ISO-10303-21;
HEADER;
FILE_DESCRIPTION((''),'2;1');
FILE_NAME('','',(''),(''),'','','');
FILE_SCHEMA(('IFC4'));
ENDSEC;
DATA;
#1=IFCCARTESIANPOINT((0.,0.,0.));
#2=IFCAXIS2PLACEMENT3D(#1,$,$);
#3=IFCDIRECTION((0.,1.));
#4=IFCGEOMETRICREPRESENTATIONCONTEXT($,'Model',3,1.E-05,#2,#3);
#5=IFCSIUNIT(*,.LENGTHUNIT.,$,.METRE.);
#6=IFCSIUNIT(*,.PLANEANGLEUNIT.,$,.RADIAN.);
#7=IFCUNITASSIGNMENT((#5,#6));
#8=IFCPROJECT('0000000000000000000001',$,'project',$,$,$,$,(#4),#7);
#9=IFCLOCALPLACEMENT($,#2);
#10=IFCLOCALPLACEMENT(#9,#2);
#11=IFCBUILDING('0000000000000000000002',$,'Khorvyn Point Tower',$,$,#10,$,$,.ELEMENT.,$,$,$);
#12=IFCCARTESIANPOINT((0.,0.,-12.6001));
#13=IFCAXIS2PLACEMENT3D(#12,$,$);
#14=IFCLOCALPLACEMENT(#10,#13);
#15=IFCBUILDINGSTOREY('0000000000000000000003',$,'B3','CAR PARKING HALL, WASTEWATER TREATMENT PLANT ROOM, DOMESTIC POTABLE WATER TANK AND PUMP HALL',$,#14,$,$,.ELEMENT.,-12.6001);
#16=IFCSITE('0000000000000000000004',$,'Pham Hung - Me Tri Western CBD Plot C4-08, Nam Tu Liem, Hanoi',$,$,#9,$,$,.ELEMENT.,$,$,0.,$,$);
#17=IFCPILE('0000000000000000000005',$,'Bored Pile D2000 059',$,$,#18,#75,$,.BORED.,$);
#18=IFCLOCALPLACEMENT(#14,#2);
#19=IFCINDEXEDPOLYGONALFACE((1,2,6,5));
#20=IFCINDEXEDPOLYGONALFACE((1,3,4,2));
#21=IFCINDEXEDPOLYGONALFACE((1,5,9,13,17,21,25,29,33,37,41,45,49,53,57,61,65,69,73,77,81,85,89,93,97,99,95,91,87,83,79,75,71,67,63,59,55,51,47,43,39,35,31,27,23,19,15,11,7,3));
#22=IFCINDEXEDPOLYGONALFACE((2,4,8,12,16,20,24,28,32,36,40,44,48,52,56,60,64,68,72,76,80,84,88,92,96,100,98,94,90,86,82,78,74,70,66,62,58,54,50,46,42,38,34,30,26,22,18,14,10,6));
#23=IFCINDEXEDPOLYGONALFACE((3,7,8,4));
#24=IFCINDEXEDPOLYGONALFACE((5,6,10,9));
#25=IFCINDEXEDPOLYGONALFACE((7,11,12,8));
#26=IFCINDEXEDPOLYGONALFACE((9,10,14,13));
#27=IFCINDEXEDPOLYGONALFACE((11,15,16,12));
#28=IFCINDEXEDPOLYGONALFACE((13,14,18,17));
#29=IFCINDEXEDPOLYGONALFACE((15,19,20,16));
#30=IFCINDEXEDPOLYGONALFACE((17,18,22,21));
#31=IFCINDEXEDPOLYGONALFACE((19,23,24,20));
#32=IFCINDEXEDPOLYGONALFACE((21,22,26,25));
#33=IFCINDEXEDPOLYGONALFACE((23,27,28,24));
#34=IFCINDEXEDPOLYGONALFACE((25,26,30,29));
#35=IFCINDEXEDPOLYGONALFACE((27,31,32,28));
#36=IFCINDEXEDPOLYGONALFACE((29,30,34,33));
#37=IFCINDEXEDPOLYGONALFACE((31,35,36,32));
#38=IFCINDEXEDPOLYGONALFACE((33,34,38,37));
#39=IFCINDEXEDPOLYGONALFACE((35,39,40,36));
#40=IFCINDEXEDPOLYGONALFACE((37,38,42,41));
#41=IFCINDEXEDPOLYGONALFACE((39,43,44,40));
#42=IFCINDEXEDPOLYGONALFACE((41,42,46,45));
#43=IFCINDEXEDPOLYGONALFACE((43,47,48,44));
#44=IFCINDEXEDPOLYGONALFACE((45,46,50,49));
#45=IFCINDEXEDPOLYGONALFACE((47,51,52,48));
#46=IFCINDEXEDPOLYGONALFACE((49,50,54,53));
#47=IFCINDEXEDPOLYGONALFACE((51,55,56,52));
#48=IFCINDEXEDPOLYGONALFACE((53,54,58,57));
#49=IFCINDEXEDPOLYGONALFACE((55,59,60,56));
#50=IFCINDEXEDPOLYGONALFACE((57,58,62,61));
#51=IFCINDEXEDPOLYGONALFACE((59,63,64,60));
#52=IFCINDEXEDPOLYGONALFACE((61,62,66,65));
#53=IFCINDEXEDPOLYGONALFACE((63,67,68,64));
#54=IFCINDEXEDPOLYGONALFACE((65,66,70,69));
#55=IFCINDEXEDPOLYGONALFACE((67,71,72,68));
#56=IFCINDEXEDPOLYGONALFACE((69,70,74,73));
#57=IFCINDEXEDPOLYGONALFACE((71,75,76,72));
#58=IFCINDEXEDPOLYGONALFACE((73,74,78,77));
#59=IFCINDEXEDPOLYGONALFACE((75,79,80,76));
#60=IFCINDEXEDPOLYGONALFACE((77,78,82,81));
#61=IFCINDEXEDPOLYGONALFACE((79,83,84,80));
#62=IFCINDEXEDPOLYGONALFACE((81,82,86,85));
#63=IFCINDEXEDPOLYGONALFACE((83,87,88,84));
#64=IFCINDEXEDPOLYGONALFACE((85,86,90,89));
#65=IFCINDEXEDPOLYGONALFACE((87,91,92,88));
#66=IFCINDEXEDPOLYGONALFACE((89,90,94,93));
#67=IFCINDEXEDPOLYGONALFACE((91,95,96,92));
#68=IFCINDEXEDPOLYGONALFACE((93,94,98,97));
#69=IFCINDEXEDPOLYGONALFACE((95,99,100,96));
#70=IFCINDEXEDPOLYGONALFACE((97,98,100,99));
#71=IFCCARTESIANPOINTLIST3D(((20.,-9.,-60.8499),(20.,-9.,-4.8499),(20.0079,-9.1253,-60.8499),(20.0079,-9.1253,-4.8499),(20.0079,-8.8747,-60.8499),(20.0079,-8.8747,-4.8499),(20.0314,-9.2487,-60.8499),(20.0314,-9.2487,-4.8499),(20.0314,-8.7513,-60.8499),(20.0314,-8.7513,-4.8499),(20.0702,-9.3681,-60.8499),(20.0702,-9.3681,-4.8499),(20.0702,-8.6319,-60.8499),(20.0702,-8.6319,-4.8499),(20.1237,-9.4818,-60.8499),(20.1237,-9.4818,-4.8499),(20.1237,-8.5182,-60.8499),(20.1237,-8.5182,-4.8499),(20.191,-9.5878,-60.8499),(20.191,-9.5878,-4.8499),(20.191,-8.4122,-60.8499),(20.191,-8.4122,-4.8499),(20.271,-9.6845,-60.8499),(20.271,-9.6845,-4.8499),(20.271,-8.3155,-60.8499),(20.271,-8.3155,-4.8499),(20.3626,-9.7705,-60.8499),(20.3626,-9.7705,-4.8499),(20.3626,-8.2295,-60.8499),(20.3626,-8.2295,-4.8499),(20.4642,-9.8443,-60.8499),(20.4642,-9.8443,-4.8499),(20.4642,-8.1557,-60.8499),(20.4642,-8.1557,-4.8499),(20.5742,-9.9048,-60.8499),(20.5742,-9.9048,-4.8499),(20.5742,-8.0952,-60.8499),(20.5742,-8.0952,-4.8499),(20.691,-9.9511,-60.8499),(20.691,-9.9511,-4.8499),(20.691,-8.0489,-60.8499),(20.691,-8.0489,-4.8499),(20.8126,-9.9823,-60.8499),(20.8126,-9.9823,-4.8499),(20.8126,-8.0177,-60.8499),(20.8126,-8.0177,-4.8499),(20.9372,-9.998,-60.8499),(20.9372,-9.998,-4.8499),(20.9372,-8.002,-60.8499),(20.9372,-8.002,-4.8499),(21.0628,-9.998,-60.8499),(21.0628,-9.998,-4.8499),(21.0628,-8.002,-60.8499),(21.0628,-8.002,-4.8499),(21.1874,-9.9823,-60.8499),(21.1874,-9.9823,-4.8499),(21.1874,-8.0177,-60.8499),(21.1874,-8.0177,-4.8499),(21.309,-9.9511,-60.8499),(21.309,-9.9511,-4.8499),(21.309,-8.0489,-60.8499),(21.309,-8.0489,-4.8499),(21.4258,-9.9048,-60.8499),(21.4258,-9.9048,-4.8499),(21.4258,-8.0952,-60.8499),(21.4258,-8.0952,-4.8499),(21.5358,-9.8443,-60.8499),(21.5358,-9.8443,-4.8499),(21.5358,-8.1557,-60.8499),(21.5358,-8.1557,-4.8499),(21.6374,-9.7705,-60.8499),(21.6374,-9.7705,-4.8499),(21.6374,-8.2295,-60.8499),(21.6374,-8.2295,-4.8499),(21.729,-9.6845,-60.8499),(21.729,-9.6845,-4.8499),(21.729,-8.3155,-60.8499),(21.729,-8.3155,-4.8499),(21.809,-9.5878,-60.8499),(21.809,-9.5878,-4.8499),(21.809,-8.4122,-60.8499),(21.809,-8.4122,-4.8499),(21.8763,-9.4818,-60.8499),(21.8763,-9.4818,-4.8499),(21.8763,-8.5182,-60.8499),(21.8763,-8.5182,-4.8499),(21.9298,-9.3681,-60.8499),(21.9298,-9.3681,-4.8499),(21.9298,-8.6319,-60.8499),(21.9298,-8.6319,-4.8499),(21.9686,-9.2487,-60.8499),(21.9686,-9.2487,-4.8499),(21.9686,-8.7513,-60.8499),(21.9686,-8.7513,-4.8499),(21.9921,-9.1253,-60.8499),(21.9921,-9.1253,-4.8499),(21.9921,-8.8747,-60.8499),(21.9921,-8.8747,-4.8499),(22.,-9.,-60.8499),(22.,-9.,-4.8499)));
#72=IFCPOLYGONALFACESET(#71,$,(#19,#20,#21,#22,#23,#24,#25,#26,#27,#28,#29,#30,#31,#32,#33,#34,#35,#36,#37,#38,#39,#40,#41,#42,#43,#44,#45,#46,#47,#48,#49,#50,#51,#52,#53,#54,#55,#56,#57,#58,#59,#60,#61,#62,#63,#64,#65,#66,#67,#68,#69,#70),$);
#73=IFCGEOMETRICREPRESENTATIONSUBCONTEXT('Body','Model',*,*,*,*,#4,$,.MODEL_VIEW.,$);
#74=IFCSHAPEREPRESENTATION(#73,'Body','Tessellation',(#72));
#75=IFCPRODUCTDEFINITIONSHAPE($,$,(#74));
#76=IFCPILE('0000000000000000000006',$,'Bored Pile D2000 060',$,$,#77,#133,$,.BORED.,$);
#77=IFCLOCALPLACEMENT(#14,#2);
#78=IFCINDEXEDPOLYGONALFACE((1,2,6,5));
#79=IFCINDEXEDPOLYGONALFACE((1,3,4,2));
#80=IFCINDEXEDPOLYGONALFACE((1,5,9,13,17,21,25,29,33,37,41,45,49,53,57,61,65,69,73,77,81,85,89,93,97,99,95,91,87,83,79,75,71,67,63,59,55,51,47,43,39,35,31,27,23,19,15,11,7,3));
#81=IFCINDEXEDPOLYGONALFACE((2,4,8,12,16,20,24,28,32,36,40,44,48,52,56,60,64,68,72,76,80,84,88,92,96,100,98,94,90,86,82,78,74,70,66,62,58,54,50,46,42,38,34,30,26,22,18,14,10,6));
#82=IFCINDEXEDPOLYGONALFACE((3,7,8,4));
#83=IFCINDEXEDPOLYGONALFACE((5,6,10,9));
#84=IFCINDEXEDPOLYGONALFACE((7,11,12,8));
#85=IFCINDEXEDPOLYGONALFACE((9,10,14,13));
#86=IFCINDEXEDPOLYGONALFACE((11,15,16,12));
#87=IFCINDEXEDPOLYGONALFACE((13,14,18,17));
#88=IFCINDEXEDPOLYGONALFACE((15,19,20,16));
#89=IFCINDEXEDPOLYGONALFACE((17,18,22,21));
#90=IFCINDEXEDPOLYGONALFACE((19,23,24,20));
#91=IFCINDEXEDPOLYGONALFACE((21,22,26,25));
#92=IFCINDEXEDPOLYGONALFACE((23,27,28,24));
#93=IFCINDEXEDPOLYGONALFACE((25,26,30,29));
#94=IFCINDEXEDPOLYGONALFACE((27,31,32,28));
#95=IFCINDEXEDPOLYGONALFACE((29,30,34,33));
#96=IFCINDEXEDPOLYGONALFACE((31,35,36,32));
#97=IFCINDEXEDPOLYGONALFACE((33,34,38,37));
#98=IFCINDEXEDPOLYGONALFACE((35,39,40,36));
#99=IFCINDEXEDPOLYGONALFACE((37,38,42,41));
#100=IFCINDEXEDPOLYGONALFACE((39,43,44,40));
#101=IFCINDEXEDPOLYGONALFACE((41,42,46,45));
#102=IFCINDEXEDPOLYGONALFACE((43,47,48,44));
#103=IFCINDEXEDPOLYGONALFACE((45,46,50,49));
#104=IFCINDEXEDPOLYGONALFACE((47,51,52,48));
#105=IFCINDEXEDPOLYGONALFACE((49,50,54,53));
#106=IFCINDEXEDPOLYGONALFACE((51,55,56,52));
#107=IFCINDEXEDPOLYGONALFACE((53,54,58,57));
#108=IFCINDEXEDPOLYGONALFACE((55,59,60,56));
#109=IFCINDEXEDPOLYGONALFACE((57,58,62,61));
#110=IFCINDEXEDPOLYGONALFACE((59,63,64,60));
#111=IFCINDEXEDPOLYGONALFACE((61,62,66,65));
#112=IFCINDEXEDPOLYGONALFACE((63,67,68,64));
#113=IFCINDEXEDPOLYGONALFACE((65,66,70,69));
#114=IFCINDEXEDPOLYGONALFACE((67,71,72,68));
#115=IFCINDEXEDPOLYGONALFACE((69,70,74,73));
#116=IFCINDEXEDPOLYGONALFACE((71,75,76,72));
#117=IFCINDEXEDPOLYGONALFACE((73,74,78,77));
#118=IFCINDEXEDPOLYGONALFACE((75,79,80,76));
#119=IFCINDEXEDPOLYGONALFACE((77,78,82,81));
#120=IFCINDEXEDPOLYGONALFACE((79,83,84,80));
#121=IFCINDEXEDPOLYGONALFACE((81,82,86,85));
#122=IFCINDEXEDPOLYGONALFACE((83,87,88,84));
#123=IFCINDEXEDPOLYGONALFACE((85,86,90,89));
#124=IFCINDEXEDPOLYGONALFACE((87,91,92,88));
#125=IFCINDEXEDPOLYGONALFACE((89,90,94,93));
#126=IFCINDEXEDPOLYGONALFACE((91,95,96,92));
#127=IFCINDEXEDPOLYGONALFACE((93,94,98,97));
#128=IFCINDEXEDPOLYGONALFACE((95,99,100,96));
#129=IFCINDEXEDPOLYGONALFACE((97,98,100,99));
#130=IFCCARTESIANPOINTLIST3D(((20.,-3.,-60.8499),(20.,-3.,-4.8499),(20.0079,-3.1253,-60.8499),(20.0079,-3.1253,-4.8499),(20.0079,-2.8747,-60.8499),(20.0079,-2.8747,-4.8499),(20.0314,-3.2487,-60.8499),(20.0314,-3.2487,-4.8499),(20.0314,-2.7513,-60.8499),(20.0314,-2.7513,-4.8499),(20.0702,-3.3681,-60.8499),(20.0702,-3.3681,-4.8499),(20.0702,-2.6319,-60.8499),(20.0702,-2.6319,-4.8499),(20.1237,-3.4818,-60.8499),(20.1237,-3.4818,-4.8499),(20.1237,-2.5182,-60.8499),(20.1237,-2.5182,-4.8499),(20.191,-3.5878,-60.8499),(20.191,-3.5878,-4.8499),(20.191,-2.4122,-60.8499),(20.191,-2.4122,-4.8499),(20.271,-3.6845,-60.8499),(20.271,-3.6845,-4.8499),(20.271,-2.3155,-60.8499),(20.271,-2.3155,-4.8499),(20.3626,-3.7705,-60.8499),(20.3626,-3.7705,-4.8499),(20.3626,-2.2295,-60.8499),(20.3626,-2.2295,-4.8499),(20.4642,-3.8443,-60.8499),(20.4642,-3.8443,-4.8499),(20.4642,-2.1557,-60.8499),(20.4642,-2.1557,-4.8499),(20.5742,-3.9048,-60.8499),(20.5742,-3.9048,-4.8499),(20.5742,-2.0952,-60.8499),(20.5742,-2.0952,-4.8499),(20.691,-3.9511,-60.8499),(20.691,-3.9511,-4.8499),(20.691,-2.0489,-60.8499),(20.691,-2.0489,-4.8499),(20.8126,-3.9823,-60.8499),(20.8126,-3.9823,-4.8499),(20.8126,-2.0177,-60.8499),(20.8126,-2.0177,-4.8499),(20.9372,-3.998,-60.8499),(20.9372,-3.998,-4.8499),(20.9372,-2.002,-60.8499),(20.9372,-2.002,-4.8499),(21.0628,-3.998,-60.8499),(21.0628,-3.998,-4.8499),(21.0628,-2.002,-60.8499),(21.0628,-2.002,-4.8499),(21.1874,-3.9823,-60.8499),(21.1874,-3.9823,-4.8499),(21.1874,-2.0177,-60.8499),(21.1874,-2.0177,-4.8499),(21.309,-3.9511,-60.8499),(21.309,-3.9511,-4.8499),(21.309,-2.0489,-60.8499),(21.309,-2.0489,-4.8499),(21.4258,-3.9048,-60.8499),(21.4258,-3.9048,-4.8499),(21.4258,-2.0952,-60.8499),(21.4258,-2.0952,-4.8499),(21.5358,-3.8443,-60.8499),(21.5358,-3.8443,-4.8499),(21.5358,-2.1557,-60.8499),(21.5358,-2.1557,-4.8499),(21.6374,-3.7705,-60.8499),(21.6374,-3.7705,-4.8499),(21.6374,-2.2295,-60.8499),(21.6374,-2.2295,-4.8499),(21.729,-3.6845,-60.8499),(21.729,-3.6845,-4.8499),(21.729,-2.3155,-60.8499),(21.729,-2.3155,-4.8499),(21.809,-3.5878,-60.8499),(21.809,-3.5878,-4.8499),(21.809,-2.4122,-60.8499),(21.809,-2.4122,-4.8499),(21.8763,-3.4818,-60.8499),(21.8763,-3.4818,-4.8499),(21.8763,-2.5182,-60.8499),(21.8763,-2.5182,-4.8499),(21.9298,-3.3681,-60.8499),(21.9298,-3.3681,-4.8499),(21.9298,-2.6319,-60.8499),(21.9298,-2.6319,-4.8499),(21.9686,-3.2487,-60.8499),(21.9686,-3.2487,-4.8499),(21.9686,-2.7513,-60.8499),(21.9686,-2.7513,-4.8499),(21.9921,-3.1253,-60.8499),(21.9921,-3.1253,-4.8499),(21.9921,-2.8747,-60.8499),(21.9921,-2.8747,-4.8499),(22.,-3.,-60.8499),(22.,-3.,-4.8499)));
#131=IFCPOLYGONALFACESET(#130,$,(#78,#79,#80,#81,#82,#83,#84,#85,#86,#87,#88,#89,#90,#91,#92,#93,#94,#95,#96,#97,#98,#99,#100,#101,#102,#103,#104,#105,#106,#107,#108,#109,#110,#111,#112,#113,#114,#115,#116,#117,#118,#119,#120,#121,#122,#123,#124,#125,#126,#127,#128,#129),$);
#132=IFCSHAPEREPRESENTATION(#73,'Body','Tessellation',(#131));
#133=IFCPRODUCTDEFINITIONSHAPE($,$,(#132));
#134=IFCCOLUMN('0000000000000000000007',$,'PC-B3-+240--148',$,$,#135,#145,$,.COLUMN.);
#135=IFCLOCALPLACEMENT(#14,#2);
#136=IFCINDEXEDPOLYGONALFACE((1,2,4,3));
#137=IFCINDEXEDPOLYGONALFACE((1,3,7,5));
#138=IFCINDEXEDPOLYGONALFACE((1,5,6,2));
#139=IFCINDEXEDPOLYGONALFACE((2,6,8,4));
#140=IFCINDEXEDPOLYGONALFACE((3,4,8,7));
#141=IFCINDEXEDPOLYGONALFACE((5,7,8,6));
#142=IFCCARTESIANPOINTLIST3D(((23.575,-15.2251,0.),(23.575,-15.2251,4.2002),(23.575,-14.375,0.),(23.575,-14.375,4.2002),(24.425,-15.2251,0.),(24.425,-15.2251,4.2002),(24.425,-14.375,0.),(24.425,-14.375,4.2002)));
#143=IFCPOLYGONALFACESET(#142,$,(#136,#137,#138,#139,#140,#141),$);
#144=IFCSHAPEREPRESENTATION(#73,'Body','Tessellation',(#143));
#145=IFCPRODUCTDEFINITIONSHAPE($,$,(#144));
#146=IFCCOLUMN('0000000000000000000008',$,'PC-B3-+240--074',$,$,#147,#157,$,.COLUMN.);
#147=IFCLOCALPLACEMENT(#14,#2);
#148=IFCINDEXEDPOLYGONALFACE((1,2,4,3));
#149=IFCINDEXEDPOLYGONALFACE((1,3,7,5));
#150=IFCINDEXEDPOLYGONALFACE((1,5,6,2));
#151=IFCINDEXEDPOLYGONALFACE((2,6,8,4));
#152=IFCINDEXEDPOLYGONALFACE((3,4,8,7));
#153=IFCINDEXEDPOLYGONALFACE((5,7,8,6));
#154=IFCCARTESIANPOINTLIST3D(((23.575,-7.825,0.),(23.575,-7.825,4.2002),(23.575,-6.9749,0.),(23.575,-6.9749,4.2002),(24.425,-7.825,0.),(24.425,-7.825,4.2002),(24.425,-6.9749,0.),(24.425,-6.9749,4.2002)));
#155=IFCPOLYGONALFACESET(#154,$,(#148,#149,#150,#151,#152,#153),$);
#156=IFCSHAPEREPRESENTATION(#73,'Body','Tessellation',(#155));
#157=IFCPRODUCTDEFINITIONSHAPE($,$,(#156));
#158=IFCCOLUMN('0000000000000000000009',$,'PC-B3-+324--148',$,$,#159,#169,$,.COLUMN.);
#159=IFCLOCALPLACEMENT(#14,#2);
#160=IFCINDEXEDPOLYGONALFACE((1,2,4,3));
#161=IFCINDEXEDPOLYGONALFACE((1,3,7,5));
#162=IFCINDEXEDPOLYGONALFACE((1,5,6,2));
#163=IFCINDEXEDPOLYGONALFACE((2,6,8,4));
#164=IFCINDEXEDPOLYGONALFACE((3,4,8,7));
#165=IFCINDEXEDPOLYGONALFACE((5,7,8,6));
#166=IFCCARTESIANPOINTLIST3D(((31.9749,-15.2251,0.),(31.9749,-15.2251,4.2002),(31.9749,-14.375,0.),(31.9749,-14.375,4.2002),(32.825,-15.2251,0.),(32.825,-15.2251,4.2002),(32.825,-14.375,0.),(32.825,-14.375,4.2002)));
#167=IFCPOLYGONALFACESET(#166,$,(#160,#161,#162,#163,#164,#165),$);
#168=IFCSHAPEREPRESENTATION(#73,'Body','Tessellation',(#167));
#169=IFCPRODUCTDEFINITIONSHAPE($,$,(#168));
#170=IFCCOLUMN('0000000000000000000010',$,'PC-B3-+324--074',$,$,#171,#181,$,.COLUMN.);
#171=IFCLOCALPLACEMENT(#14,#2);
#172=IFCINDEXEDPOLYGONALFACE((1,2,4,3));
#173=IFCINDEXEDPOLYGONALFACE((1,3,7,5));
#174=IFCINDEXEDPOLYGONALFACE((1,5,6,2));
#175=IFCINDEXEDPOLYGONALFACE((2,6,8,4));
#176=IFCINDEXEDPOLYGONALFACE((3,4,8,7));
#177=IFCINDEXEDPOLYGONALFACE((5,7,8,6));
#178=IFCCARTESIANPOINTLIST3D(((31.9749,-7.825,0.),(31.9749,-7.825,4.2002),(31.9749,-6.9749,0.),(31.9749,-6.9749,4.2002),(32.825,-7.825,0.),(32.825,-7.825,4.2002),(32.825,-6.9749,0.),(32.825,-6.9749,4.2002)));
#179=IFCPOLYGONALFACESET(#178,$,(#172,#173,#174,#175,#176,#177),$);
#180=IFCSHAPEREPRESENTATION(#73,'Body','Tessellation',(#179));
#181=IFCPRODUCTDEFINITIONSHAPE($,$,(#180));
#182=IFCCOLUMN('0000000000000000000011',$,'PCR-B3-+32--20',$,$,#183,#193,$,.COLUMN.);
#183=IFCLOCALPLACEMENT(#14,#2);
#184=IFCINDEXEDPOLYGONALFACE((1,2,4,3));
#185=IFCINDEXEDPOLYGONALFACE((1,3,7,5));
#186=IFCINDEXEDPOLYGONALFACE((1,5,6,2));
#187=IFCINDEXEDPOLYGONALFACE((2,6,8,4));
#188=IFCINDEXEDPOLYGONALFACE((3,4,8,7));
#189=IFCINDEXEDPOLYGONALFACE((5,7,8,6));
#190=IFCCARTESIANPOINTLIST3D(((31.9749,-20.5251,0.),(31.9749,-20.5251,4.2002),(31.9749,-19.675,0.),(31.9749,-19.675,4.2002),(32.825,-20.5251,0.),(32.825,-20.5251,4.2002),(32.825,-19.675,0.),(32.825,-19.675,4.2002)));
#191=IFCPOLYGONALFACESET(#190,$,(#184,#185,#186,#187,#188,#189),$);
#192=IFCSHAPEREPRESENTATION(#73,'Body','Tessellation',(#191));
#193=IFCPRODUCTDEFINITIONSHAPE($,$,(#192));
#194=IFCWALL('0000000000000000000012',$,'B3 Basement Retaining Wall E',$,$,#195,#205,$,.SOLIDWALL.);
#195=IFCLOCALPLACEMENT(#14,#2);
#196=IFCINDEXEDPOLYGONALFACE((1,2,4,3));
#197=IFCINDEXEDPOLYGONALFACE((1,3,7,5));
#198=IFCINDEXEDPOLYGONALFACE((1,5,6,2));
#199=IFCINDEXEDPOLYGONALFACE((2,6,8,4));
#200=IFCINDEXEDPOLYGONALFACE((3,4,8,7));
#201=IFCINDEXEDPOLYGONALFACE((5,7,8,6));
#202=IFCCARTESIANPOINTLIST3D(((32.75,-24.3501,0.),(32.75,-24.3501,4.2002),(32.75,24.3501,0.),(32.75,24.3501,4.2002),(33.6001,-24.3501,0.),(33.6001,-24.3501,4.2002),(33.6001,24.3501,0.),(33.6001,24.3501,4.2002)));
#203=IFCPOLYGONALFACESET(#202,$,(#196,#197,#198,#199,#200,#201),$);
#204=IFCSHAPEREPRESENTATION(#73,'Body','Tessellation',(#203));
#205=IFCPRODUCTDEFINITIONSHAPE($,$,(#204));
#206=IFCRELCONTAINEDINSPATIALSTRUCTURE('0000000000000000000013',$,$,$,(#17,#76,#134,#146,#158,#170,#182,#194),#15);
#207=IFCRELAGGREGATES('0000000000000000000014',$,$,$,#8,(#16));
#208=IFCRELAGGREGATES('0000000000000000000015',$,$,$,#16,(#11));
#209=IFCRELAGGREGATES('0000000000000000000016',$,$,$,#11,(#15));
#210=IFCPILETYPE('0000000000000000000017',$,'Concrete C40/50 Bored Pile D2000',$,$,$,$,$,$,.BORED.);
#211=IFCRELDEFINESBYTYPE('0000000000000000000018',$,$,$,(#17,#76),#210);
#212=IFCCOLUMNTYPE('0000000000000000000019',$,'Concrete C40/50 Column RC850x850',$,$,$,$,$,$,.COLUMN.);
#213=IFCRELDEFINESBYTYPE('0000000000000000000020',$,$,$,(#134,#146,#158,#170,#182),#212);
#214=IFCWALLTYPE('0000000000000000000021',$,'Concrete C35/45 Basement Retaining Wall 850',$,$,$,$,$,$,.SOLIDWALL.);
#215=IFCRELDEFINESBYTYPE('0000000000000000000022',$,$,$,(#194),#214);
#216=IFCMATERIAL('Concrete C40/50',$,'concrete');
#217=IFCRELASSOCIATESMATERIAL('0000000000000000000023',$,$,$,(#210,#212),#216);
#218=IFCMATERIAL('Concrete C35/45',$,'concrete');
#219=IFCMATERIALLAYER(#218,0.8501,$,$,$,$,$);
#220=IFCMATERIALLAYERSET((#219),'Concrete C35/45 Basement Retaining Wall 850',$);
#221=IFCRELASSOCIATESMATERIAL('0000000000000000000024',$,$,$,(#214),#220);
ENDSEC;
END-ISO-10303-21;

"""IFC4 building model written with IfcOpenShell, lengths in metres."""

from ifc_helpers import new_model, si_unit, direction, frame, frame_2d, origin, origin_2d, place, context, subcontext, project, spatial, rectangle, circle, extrude, material, layer, layer_set, material_profile, profile_set, type_object, element, save


model = new_model("IFC4")

# Units and contexts
model_context = context("Model", 3, precision=1e-05, world=origin(), true_north=direction((0.0, 1.0)))
body_context = subcontext(model_context, "Body", "Model", "MODEL_VIEW")
ifc_project = project(units=[si_unit("LENGTHUNIT", "METRE"), si_unit("PLANEANGLEUNIT", "RADIAN")], contexts=[model_context])

# Site, building, storey
site_placement = place(None, origin())
site = spatial("IfcSite", under=ifc_project, at=site_placement, Name="Pham Hung - Me Tri Western CBD Plot C4-08, Nam Tu Liem, Hanoi", CompositionType="ELEMENT", RefElevation=0.0)
building_placement = place(site_placement, origin())
building = spatial("IfcBuilding", under=site, at=building_placement, Name="Khorvyn Point Tower", CompositionType="ELEMENT")
storey_placement = place(building_placement, frame((0.0, 0.0, -12.6001)))
storey = spatial("IfcBuildingStorey", under=building, at=storey_placement, Name="B3", Description="CAR PARKING HALL, WASTEWATER TREATMENT PLANT ROOM, DOMESTIC POTABLE WATER TANK AND PUMP HALL", CompositionType="ELEMENT", Elevation=-12.6001)

# Piles
ifc_material_1 = material(Name="Concrete C40/50", Category="concrete")
ifc_material_profile_1 = material_profile(ifc_material_1, circle(Radius=1.0, at=origin_2d()))
ifc_profile_set_1 = profile_set([ifc_material_profile_1], Name="Concrete C40/50 PILE-D2000")
pile_type_1 = type_object("IfcPileType", Name="Concrete C40/50 Bored Pile D2000", PredefinedType="BORED", material=ifc_profile_set_1)
for number, where, z_axis, x_axis, name in (
    (1, (21.0, -9.0, -4.8499), (0.0, 0.0, -1.0), (1.0, 0.0, 0.0), "Bored Pile D2000 059"),
    (2, (21.0, -3.0, -4.8499), (0.0, 0.0, -1.0), (1.0, 0.0, 0.0), "Bored Pile D2000 060"),
):
    element("IfcPile", number, at=place(storey_placement, frame(where, z_axis=z_axis, x_axis=x_axis)), inside=storey, type_object=pile_type_1, Name=name, PredefinedType="BORED", context=body_context, shape_type="SweptSolid", body=[
        extrude(circle(Radius=1.0, at=origin_2d()), origin(), (0.0, 0.0, 1.0), 56.0),
    ])

# Columns
ifc_material_profile_2 = material_profile(ifc_material_1, rectangle(XDim=0.8501, YDim=0.8501, at=origin_2d()))
ifc_profile_set_2 = profile_set([ifc_material_profile_2], Name="Concrete C40/50 RC850x850")
column_type = type_object("IfcColumnType", Name="Concrete C40/50 Column RC850x850", PredefinedType="COLUMN", material=ifc_profile_set_2)
for number, where, z_axis, x_axis, name in (
    (3, (24.0, -14.8, 0.0), (0.0, 0.0, 1.0), (1.0, 0.0, 0.0), "PC-B3-+240--148"),
    (4, (24.0, -7.3999, 0.0), (0.0, 0.0, 1.0), (1.0, 0.0, 0.0), "PC-B3-+240--074"),
    (5, (32.3999, -14.8, 0.0), (0.0, 0.0, 1.0), (1.0, 0.0, 0.0), "PC-B3-+324--148"),
    (6, (32.3999, -7.3999, 0.0), (0.0, 0.0, 1.0), (1.0, 0.0, 0.0), "PC-B3-+324--074"),
    (7, (32.3999, -20.1001, 0.0), (0.0, 0.0, 1.0), (1.0, 0.0, 0.0), "PCR-B3-+32--20"),
):
    element("IfcColumn", number, at=place(storey_placement, frame(where, z_axis=z_axis, x_axis=x_axis)), inside=storey, type_object=column_type, Name=name, PredefinedType="COLUMN", context=body_context, shape_type="SweptSolid", body=[
        extrude(rectangle(XDim=0.8501, YDim=0.8501, at=origin_2d()), origin(), (0.0, 0.0, 1.0), 4.2002),
    ])

# Wall
ifc_material_2 = material(Name="Concrete C35/45", Category="concrete")
ifc_layer = layer(ifc_material_2, 0.8501)
ifc_layer_set = layer_set([ifc_layer], Name="Concrete C35/45 Basement Retaining Wall 850")
wall_type = type_object("IfcWallType", Name="Concrete C35/45 Basement Retaining Wall 850", PredefinedType="SOLIDWALL", material=ifc_layer_set)
wall_placement = place(storey_placement, frame((33.175, -24.3501, 0.0), z_axis=(0.0, 0.0, 1.0), x_axis=(0.0, 1.0, 0.0)))
element("IfcWall", 8, at=wall_placement, inside=storey, type_object=wall_type, Name="B3 Basement Retaining Wall E", PredefinedType="SOLIDWALL", context=body_context, shape_type="SweptSolid", body=[
    extrude(rectangle(XDim=48.7002, YDim=0.8501, at=frame_2d((24.3501, 0.0))), origin(), (0.0, 0.0, 1.0), 4.2002),
])

save(model, "model.ifc")
